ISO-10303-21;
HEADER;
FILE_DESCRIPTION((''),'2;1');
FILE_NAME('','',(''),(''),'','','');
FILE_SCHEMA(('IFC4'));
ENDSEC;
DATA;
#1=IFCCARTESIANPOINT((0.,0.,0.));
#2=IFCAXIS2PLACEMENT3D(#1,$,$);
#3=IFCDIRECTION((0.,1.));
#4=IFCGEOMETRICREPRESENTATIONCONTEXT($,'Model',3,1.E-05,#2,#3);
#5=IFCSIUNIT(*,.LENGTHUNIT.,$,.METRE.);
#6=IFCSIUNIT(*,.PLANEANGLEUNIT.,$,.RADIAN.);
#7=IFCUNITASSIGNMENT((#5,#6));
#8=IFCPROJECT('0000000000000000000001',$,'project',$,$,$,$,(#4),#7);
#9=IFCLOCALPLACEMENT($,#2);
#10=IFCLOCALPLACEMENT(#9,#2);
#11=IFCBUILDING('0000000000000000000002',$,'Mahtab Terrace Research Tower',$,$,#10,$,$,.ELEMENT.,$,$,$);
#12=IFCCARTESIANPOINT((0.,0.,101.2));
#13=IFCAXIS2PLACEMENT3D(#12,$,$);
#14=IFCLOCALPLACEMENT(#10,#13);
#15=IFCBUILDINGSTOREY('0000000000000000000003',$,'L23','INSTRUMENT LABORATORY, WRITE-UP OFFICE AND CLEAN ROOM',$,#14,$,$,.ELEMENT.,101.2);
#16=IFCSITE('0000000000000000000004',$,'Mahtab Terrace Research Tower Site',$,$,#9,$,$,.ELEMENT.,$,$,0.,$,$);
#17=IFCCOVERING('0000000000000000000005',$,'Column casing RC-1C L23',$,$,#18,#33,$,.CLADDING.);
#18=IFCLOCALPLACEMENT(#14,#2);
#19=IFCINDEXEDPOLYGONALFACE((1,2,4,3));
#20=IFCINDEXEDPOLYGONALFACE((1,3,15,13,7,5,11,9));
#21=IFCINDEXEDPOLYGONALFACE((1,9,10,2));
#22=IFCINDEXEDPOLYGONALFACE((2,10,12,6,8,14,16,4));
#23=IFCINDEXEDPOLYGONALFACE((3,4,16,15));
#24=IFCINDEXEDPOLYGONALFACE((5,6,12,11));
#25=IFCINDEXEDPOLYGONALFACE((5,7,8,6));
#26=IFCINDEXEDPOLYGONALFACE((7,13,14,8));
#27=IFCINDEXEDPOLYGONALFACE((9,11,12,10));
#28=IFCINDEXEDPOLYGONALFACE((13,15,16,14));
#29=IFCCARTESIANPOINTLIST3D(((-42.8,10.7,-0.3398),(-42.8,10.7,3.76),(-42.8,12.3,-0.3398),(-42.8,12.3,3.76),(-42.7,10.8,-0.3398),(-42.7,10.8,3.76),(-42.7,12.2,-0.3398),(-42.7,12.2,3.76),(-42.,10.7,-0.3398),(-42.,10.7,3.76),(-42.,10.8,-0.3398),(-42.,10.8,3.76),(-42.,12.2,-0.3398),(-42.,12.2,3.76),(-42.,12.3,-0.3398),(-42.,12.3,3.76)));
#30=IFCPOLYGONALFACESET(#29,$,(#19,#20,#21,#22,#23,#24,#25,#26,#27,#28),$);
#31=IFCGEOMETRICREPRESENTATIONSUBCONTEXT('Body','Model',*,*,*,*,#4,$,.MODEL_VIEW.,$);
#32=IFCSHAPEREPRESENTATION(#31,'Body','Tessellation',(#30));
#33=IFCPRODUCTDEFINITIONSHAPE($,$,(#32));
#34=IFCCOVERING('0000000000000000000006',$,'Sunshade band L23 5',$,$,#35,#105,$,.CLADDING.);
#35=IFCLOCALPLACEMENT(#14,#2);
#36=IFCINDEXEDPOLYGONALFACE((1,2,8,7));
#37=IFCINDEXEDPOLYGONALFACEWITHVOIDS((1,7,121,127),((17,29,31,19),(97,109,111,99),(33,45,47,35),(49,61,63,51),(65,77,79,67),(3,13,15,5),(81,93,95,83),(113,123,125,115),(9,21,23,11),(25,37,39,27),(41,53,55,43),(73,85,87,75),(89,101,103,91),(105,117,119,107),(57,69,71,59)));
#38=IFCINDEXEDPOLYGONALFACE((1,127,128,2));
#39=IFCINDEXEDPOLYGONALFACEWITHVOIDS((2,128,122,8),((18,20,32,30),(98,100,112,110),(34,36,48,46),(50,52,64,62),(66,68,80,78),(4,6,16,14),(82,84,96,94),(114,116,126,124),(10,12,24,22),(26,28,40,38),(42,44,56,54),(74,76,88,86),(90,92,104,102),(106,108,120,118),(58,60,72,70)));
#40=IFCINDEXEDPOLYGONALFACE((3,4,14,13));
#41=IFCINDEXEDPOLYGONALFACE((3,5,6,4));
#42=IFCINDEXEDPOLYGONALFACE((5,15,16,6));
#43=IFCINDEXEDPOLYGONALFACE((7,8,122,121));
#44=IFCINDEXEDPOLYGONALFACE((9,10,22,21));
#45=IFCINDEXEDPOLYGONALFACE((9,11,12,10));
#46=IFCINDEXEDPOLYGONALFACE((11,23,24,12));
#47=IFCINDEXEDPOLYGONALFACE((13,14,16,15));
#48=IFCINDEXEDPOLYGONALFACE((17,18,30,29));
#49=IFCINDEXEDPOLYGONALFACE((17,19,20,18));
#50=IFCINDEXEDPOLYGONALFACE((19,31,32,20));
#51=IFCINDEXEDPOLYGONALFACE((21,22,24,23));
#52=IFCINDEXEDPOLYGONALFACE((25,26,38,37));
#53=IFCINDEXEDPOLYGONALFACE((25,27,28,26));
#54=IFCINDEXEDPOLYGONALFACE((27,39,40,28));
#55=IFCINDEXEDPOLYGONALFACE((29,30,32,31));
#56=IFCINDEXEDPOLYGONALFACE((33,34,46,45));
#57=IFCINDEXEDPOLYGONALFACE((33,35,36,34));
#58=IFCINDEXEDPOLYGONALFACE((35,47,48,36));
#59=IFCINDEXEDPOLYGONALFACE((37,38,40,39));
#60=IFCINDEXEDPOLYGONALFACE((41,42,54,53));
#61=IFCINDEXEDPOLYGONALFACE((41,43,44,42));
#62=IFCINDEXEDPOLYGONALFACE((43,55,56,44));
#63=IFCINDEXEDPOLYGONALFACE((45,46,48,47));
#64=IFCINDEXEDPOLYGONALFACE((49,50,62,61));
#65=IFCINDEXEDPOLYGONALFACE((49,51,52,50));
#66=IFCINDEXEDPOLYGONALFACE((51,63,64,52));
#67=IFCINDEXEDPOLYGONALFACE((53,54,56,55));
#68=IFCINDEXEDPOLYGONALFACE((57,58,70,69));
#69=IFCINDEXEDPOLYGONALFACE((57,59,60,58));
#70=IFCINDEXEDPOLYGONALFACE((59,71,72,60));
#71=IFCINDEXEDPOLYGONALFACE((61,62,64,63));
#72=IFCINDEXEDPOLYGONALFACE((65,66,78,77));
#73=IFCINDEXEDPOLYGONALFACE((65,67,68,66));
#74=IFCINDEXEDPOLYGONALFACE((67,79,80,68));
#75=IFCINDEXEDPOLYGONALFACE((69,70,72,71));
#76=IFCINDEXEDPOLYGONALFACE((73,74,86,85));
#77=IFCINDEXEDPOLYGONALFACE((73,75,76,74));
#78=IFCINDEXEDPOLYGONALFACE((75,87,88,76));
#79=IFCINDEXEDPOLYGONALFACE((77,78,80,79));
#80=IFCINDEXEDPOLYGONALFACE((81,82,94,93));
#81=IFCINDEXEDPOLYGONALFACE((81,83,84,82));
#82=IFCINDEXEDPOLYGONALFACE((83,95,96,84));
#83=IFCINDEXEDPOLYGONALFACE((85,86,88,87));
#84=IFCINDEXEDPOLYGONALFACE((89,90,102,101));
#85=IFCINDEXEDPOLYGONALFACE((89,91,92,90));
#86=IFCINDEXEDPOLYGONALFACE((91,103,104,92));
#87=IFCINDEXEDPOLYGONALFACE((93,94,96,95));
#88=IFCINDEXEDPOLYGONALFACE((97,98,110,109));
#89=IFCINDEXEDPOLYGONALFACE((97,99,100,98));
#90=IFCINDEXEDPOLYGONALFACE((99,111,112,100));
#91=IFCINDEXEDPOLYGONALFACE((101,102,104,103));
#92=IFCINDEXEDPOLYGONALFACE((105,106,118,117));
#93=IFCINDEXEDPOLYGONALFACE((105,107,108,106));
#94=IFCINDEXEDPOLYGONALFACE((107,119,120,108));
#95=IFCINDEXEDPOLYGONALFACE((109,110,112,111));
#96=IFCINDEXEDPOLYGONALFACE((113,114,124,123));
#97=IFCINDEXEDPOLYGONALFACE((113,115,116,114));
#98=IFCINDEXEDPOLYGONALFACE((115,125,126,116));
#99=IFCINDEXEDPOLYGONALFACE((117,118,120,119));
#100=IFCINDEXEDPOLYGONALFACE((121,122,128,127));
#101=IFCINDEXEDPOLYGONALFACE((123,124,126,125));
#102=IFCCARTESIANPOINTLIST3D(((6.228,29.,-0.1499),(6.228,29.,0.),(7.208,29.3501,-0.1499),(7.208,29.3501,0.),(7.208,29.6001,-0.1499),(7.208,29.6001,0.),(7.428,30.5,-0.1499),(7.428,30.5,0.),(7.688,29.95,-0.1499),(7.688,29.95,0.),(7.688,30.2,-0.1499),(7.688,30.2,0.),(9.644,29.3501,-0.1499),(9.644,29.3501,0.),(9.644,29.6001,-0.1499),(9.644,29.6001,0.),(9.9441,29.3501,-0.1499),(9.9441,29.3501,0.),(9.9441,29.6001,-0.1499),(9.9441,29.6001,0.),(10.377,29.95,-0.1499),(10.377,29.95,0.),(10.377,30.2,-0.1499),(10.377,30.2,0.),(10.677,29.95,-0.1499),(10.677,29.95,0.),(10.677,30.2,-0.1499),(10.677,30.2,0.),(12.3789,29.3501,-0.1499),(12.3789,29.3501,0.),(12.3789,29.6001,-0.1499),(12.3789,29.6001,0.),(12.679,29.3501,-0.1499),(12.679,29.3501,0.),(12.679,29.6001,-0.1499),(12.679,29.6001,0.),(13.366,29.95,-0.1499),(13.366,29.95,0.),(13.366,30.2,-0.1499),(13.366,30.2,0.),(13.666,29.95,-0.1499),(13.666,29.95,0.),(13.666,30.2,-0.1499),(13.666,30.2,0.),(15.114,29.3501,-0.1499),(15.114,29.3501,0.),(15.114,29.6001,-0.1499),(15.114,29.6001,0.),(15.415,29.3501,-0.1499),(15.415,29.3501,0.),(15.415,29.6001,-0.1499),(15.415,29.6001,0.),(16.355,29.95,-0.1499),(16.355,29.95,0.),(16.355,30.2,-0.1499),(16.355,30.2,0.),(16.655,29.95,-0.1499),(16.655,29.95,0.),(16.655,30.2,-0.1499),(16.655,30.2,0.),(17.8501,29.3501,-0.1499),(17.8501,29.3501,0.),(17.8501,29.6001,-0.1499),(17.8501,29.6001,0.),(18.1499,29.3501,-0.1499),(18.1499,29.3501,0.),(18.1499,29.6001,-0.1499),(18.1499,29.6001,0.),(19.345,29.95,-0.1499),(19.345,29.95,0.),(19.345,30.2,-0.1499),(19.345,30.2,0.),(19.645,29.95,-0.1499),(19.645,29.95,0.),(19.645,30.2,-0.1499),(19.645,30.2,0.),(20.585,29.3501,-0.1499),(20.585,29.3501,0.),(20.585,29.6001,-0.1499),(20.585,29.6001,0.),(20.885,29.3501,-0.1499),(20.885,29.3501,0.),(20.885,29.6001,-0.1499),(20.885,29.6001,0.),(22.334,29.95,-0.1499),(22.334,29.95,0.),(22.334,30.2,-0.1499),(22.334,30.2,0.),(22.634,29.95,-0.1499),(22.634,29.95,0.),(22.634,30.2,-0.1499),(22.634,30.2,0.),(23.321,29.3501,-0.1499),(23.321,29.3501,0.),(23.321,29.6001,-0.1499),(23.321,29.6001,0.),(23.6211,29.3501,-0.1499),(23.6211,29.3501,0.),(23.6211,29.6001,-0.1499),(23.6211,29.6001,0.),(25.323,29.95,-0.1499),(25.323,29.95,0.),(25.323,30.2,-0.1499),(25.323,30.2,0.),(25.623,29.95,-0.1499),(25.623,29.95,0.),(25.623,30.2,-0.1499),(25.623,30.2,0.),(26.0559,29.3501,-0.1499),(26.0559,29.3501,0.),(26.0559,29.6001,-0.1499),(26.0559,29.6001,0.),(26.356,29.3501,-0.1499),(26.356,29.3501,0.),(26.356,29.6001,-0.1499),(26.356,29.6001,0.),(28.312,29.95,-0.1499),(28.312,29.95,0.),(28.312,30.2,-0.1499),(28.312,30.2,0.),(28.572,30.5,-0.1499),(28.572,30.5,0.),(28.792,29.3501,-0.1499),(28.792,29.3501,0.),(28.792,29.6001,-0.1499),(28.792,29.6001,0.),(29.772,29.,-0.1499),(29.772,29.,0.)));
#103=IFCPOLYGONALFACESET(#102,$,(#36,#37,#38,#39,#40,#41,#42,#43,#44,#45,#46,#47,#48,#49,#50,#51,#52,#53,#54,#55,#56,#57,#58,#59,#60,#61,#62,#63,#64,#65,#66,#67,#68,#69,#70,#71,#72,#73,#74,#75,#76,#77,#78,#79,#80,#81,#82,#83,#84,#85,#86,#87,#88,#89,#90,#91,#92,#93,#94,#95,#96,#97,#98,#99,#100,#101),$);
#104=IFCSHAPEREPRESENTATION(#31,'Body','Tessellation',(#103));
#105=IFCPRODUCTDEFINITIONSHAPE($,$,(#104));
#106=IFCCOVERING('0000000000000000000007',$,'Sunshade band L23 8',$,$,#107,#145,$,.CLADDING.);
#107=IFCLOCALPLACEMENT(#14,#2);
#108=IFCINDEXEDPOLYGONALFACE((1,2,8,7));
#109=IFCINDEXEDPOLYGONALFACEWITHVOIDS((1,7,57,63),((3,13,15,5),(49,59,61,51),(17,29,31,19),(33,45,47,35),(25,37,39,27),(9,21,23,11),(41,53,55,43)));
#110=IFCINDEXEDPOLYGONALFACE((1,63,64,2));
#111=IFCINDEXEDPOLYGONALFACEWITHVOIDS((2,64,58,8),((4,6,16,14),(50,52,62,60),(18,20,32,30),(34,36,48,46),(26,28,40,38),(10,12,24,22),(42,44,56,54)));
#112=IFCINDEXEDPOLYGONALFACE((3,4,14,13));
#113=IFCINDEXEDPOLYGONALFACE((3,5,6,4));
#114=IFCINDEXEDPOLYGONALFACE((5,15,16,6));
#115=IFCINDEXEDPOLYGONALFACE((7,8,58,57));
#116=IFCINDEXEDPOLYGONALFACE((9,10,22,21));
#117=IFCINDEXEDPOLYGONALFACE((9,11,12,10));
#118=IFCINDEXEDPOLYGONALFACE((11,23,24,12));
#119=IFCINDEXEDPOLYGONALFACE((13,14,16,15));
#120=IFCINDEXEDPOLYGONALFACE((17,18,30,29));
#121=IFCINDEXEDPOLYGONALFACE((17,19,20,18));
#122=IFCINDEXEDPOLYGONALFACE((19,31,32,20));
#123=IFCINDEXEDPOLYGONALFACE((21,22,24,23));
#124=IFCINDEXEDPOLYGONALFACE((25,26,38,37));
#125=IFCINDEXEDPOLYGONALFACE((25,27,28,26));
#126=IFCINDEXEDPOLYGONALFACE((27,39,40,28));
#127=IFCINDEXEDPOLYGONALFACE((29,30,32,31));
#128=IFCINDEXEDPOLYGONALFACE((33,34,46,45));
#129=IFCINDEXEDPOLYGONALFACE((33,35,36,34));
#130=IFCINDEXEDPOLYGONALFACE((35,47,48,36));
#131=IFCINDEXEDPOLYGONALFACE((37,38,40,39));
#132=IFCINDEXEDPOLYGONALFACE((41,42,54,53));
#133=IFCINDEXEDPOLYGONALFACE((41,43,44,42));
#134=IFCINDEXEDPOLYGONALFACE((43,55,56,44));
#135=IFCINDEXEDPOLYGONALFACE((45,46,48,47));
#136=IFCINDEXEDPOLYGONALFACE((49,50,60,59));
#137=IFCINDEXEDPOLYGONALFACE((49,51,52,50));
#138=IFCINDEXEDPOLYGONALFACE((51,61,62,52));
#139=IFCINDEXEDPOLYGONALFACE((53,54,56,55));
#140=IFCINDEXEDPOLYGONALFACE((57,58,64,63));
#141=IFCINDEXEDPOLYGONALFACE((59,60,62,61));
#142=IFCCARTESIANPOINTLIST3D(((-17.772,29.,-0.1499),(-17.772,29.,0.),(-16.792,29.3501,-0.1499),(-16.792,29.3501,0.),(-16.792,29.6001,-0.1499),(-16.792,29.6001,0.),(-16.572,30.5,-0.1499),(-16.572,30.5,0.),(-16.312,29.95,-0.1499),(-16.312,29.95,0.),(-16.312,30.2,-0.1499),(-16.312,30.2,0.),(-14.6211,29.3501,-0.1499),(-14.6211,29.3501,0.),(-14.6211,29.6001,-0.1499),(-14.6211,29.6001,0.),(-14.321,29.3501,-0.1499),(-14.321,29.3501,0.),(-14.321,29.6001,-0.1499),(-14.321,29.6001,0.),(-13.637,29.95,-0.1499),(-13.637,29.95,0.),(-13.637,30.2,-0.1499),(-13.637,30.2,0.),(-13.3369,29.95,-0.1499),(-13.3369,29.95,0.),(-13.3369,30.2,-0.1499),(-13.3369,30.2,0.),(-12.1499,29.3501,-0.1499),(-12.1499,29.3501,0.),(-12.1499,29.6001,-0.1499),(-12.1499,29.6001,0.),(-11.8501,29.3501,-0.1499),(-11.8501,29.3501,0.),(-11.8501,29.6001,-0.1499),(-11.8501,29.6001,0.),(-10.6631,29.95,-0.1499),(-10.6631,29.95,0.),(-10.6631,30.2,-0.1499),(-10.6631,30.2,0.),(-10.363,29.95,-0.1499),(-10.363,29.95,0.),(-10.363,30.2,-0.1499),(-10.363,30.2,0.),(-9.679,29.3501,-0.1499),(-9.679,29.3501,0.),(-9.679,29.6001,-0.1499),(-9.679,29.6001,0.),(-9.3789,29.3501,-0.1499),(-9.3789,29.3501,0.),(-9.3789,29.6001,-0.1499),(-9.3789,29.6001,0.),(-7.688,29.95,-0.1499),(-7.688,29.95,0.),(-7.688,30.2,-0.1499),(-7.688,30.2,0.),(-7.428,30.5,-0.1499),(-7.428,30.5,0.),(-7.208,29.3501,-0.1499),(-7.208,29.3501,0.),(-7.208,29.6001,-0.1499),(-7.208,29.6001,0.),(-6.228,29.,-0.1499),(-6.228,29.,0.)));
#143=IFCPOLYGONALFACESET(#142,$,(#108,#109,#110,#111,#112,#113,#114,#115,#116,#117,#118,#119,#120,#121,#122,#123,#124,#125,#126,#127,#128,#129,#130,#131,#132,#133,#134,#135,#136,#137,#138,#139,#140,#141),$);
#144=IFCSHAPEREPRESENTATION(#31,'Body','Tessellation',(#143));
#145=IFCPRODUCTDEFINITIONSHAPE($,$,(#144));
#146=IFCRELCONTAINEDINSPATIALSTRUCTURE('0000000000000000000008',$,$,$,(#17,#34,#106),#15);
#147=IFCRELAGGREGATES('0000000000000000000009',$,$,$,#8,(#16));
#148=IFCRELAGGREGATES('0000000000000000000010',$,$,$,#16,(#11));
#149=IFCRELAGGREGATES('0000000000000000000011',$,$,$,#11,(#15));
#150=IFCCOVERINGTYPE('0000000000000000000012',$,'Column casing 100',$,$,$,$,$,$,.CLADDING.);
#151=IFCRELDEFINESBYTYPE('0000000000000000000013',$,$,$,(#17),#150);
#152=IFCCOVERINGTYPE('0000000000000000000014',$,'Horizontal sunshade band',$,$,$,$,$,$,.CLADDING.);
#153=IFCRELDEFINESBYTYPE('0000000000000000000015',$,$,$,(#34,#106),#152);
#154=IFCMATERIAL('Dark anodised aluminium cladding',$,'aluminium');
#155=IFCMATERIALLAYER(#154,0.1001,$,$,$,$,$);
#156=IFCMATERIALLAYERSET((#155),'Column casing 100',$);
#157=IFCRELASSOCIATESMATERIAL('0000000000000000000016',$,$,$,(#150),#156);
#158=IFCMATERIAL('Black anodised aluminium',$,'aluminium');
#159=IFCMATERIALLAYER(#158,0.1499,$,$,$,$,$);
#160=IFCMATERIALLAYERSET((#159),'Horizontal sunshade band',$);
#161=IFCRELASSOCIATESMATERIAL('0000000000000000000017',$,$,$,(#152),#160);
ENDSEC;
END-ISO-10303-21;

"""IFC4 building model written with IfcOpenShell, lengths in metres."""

from ifc_helpers import new_model, si_unit, direction, frame, origin, place, context, subcontext, project, spatial, polyline, outline, extrude, material, layer, layer_set, type_object, element, save


model = new_model("IFC4")

# Units and contexts
model_context = context("Model", 3, precision=1e-05, world=origin(), true_north=direction((0.0, 1.0)))
body_context = subcontext(model_context, "Body", "Model", "MODEL_VIEW")
ifc_project = project(units=[si_unit("LENGTHUNIT", "METRE"), si_unit("PLANEANGLEUNIT", "RADIAN")], contexts=[model_context])

# Site, building, storey
site_placement = place(None, origin())
site = spatial("IfcSite", under=ifc_project, at=site_placement, Name="Mahtab Terrace Research Tower Site", CompositionType="ELEMENT", RefElevation=0.0)
building_placement = place(site_placement, origin())
building = spatial("IfcBuilding", under=site, at=building_placement, Name="Mahtab Terrace Research Tower", CompositionType="ELEMENT")
storey_placement = place(building_placement, frame((0.0, 0.0, 101.2)))
storey = spatial("IfcBuildingStorey", under=building, at=storey_placement, Name="L23", Description="INSTRUMENT LABORATORY, WRITE-UP OFFICE AND CLEAN ROOM", CompositionType="ELEMENT", Elevation=101.2)

# Coverings
ifc_material_1 = material(Name="Dark anodised aluminium cladding", Category="aluminium")
ifc_layer_1 = layer(ifc_material_1, 0.1001)
ifc_layer_set_1 = layer_set([ifc_layer_1], Name="Column casing 100")
covering_type_1 = type_object("IfcCoveringType", Name="Column casing 100", PredefinedType="CLADDING", material=ifc_layer_set_1)
covering_1_placement = place(storey_placement, frame((0.0, 0.0, -0.3398)))
element("IfcCovering", 1, at=covering_1_placement, inside=storey, type_object=covering_type_1, Name="Column casing RC-1C L23", PredefinedType="CLADDING", context=body_context, shape_type="SweptSolid", body=[
    extrude(outline(polyline([(-42.8, 12.3), (-42.0, 12.3), (-42.0, 12.2), (-42.7, 12.2), (-42.7, 10.8), (-42.0, 10.8), (-42.0, 10.7), (-42.8, 10.7), (-42.8, 12.3)])), origin(), (0.0, 0.0, 1.0), 4.0999),
])
ifc_material_2 = material(Name="Black anodised aluminium", Category="aluminium")
ifc_layer_2 = layer(ifc_material_2, 0.1499)
ifc_layer_set_2 = layer_set([ifc_layer_2], Name="Horizontal sunshade band")
covering_type_2 = type_object("IfcCoveringType", Name="Horizontal sunshade band", PredefinedType="CLADDING", material=ifc_layer_set_2)
covering_2_placement = place(storey_placement, frame((0.0, 0.0, -0.1499)))
element("IfcCovering", 2, at=covering_2_placement, inside=storey, type_object=covering_type_2, Name="Sunshade band L23 5", PredefinedType="CLADDING", context=body_context, shape_type="SweptSolid", body=[
    extrude(outline(polyline([(29.772, 29.0), (6.228, 29.0), (7.428, 30.5), (28.572, 30.5), (29.772, 29.0)]), holes=[polyline([(28.792, 29.3501), (26.356, 29.3501), (26.356, 29.6001), (28.792, 29.6001), (28.792, 29.3501)]), polyline([(26.0559, 29.3501), (23.6211, 29.3501), (23.6211, 29.6001), (26.0559, 29.6001), (26.0559, 29.3501)]), polyline([(23.321, 29.3501), (20.885, 29.3501), (20.885, 29.6001), (23.321, 29.6001), (23.321, 29.3501)]), polyline([(20.585, 29.3501), (18.1499, 29.3501), (18.1499, 29.6001), (20.585, 29.6001), (20.585, 29.3501)]), polyline([(17.8501, 29.3501), (15.415, 29.3501), (15.415, 29.6001), (17.8501, 29.6001), (17.8501, 29.3501)]), polyline([(15.114, 29.3501), (12.679, 29.3501), (12.679, 29.6001), (15.114, 29.6001), (15.114, 29.3501)]), polyline([(12.3789, 29.3501), (9.9441, 29.3501), (9.9441, 29.6001), (12.3789, 29.6001), (12.3789, 29.3501)]), polyline([(9.644, 29.3501), (7.208, 29.3501), (7.208, 29.6001), (9.644, 29.6001), (9.644, 29.3501)]), polyline([(28.312, 29.95), (25.623, 29.95), (25.623, 30.2), (28.312, 30.2), (28.312, 29.95)]), polyline([(25.323, 29.95), (22.634, 29.95), (22.634, 30.2), (25.323, 30.2), (25.323, 29.95)]), polyline([(22.334, 29.95), (19.645, 29.95), (19.645, 30.2), (22.334, 30.2), (22.334, 29.95)]), polyline([(19.345, 29.95), (16.655, 29.95), (16.655, 30.2), (19.345, 30.2), (19.345, 29.95)]), polyline([(16.355, 29.95), (13.666, 29.95), (13.666, 30.2), (16.355, 30.2), (16.355, 29.95)]), polyline([(13.366, 29.95), (10.677, 29.95), (10.677, 30.2), (13.366, 30.2), (13.366, 29.95)]), polyline([(10.377, 29.95), (7.688, 29.95), (7.688, 30.2), (10.377, 30.2), (10.377, 29.95)])]), origin(), (0.0, 0.0, 1.0), 0.1499),
])
covering_3_placement = place(storey_placement, frame((0.0, 0.0, -0.1499)))
element("IfcCovering", 3, at=covering_3_placement, inside=storey, type_object=covering_type_2, Name="Sunshade band L23 8", PredefinedType="CLADDING", context=body_context, shape_type="SweptSolid", body=[
    extrude(outline(polyline([(-6.228, 29.0), (-17.772, 29.0), (-16.572, 30.5), (-7.428, 30.5), (-6.228, 29.0)]), holes=[polyline([(-7.208, 29.3501), (-9.3789, 29.3501), (-9.3789, 29.6001), (-7.208, 29.6001), (-7.208, 29.3501)]), polyline([(-9.679, 29.3501), (-11.8501, 29.3501), (-11.8501, 29.6001), (-9.679, 29.6001), (-9.679, 29.3501)]), polyline([(-12.1499, 29.3501), (-14.321, 29.3501), (-14.321, 29.6001), (-12.1499, 29.6001), (-12.1499, 29.3501)]), polyline([(-14.6211, 29.3501), (-16.792, 29.3501), (-16.792, 29.6001), (-14.6211, 29.6001), (-14.6211, 29.3501)]), polyline([(-7.688, 29.95), (-10.363, 29.95), (-10.363, 30.2), (-7.688, 30.2), (-7.688, 29.95)]), polyline([(-10.6631, 29.95), (-13.3369, 29.95), (-13.3369, 30.2), (-10.6631, 30.2), (-10.6631, 29.95)]), polyline([(-13.637, 29.95), (-16.312, 29.95), (-16.312, 30.2), (-13.637, 30.2), (-13.637, 29.95)])]), origin(), (0.0, 0.0, 1.0), 0.1499),
])

save(model, "model.ifc")
